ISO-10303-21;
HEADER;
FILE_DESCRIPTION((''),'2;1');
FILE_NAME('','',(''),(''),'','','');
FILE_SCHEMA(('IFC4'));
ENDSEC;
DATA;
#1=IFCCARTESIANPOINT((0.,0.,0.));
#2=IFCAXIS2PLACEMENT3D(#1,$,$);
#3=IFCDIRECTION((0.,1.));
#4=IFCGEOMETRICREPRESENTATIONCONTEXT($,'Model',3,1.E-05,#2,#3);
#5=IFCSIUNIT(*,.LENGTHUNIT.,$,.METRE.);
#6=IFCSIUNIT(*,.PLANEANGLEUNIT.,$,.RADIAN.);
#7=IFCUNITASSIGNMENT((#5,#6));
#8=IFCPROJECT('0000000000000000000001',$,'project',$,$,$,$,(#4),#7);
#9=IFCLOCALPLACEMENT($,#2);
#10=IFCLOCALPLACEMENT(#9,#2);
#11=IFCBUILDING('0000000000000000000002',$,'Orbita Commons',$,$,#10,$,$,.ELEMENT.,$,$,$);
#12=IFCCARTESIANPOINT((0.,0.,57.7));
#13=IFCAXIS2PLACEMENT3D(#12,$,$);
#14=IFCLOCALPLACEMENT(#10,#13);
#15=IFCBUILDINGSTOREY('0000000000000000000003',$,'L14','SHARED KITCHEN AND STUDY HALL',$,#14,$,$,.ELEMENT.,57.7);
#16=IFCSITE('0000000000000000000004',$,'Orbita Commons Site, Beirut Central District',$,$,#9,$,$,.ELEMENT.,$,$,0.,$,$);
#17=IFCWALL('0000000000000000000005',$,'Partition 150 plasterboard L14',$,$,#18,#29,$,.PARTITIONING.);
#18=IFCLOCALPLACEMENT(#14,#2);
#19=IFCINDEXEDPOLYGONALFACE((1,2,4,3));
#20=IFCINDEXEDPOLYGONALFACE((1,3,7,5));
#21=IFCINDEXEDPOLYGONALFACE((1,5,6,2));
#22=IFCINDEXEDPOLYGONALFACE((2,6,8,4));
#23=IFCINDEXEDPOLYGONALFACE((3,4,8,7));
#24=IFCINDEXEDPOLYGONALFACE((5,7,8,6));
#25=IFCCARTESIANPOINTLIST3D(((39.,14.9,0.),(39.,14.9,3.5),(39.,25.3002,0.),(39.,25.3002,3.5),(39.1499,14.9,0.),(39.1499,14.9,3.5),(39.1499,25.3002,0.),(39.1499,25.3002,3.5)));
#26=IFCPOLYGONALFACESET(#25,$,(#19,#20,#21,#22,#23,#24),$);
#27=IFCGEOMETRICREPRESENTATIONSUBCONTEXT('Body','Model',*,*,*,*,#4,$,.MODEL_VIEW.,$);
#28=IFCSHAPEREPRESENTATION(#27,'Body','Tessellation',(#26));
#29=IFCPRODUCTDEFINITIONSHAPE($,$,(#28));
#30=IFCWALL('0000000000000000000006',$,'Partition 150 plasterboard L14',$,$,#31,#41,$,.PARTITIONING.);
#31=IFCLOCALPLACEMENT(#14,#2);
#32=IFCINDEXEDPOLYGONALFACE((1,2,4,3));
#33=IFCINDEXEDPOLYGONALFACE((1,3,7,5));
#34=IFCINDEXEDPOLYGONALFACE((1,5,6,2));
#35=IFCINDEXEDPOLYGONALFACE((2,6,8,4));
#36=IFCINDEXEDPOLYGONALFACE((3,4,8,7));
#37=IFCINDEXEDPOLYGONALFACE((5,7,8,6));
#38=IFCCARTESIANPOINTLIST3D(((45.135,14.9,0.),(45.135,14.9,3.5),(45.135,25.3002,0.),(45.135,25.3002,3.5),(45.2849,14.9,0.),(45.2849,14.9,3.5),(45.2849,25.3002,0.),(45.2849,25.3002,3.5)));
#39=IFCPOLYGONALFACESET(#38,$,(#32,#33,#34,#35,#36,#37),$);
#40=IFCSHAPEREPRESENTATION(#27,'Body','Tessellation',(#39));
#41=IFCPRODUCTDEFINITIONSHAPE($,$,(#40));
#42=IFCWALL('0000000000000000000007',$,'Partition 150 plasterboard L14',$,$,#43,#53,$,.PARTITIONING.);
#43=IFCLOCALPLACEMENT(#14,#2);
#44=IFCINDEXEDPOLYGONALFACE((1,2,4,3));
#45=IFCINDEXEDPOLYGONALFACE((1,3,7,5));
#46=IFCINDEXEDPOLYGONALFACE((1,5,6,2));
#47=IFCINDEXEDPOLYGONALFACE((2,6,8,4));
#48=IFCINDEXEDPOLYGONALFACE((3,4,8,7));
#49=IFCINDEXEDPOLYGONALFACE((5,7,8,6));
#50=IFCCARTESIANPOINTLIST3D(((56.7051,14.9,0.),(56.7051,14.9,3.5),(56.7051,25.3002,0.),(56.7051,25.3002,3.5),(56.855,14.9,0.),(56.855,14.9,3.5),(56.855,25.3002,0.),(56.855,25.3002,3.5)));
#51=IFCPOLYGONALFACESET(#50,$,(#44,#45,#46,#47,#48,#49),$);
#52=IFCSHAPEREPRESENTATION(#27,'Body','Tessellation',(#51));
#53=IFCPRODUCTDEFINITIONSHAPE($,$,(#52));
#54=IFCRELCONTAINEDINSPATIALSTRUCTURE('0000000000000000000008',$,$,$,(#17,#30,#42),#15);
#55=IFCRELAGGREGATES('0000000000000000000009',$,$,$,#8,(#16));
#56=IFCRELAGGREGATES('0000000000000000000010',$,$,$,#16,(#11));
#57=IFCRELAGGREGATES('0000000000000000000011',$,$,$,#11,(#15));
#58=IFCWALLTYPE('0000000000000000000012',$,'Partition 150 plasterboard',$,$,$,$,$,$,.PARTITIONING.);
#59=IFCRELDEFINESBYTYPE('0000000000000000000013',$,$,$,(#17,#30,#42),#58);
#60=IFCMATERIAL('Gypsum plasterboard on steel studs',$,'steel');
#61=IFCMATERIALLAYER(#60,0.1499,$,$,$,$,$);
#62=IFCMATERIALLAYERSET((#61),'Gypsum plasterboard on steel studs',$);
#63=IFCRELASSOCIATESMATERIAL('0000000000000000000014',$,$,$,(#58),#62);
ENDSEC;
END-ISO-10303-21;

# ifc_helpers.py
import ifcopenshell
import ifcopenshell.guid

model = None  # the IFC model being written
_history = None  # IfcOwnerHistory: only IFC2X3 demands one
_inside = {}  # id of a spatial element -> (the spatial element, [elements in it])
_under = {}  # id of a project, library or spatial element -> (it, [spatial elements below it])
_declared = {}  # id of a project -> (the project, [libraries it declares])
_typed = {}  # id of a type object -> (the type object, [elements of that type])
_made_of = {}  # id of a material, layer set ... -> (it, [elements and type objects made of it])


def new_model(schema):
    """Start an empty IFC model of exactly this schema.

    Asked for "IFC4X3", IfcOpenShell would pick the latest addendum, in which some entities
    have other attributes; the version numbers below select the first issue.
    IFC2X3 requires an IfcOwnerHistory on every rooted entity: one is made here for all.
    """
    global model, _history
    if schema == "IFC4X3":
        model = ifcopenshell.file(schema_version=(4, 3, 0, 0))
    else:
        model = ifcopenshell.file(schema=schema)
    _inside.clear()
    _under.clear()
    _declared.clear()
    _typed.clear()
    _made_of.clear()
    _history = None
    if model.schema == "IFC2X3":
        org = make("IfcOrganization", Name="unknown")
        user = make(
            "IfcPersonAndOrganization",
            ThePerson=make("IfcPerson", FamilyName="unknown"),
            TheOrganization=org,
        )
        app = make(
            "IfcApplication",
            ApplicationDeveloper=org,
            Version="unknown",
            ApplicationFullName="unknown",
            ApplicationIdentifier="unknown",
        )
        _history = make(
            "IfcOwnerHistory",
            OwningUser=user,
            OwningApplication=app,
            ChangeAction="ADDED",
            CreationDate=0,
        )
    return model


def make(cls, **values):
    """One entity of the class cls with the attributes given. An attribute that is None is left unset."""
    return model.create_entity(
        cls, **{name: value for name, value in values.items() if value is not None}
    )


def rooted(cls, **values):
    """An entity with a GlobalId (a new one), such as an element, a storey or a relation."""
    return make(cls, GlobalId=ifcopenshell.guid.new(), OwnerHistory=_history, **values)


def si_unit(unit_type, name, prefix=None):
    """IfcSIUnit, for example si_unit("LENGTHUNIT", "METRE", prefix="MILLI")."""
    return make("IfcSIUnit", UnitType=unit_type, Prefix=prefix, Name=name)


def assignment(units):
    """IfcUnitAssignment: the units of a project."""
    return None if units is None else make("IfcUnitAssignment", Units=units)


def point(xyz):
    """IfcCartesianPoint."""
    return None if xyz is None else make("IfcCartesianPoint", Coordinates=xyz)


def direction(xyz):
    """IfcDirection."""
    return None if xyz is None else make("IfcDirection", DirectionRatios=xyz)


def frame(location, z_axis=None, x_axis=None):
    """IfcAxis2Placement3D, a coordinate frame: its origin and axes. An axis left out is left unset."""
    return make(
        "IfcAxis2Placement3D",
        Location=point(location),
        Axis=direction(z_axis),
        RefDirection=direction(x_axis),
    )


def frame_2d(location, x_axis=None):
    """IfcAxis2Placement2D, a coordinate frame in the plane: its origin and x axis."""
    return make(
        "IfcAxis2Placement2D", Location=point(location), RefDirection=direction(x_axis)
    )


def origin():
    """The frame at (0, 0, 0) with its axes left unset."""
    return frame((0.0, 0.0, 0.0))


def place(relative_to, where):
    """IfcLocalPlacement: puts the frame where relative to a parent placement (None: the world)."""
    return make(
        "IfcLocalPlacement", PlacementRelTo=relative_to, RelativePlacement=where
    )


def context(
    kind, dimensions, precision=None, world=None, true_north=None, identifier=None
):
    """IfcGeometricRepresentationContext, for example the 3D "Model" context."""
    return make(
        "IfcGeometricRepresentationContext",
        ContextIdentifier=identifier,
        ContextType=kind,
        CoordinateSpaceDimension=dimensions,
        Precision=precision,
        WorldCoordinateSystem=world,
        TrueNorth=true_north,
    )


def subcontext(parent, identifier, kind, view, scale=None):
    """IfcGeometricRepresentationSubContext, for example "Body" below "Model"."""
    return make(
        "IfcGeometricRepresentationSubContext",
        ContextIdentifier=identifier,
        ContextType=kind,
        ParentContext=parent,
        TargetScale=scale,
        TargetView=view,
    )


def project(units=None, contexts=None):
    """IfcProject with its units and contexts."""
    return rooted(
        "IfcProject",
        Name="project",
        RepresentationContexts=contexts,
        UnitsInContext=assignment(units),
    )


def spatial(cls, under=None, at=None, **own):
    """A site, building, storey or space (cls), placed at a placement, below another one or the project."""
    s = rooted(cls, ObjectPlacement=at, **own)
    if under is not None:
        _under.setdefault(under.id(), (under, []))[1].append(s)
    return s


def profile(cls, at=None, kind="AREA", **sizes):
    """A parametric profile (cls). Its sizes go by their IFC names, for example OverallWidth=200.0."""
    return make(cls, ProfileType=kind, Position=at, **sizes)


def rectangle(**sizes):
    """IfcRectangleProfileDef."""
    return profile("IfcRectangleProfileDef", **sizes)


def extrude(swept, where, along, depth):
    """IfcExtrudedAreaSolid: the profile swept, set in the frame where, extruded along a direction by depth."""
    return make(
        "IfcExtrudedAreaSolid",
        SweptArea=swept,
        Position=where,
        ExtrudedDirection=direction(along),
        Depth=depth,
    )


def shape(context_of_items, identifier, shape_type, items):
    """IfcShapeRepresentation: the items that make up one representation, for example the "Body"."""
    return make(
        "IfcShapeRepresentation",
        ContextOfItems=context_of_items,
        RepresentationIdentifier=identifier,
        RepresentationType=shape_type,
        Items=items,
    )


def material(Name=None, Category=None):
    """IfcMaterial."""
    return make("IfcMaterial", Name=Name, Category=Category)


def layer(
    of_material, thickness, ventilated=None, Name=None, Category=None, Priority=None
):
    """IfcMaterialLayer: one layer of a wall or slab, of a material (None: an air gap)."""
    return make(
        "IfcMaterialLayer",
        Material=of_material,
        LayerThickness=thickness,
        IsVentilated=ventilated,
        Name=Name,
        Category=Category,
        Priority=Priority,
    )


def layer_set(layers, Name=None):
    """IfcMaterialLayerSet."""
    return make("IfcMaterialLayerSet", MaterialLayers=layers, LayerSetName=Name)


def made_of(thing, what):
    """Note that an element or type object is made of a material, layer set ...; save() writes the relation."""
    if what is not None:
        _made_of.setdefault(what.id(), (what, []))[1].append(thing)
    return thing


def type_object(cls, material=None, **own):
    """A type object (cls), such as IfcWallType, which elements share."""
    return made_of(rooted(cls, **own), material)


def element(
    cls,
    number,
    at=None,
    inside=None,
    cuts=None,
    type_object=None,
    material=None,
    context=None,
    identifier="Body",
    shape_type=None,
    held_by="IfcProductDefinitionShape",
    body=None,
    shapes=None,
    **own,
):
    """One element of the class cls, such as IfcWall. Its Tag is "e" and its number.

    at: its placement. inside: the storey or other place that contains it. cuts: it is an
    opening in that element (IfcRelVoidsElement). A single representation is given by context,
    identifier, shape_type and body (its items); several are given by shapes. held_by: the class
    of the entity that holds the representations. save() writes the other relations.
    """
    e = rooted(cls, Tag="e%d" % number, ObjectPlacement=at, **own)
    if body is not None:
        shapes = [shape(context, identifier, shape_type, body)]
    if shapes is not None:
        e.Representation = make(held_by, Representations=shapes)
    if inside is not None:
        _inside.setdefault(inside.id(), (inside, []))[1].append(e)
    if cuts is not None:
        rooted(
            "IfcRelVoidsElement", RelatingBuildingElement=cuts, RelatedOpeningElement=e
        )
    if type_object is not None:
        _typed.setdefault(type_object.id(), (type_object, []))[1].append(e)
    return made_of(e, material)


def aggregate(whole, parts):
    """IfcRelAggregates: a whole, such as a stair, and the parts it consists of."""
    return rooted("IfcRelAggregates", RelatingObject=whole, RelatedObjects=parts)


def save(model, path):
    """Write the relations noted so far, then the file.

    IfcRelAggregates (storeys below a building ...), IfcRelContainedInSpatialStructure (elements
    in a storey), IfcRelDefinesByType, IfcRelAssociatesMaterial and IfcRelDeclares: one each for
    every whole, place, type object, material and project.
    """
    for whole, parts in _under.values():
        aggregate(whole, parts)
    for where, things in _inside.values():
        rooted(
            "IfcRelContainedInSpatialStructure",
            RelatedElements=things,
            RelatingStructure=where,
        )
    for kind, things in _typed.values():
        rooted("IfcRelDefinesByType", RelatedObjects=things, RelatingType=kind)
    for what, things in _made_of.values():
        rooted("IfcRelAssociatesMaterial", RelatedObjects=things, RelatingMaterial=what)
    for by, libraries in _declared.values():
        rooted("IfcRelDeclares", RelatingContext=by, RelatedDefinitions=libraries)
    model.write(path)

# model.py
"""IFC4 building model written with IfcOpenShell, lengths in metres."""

from ifc_helpers import new_model, si_unit, direction, frame, frame_2d, origin, place, context, subcontext, project, spatial, rectangle, extrude, material, layer, layer_set, type_object, element, save


model = new_model("IFC4")

# Units and contexts
model_context = context("Model", 3, precision=1e-05, world=origin(), true_north=direction((0.0, 1.0)))
body_context = subcontext(model_context, "Body", "Model", "MODEL_VIEW")
ifc_project = project(units=[si_unit("LENGTHUNIT", "METRE"), si_unit("PLANEANGLEUNIT", "RADIAN")], contexts=[model_context])

# Site, building, storey
site_placement = place(None, origin())
site = spatial("IfcSite", under=ifc_project, at=site_placement, Name="Orbita Commons Site, Beirut Central District", CompositionType="ELEMENT", RefElevation=0.0)
building_placement = place(site_placement, origin())
building = spatial("IfcBuilding", under=site, at=building_placement, Name="Orbita Commons", CompositionType="ELEMENT")
storey_placement = place(building_placement, frame((0.0, 0.0, 57.7)))
storey = spatial("IfcBuildingStorey", under=building, at=storey_placement, Name="L14", Description="SHARED KITCHEN AND STUDY HALL", CompositionType="ELEMENT", Elevation=57.7)

# Walls
ifc_material_1 = material(Name="Gypsum plasterboard on steel studs", Category="steel")
ifc_layer_1 = layer(ifc_material_1, 0.1499)
ifc_layer_set_1 = layer_set([ifc_layer_1], Name="Gypsum plasterboard on steel studs")
wall_type_1 = type_object("IfcWallType", Name="Partition 150 plasterboard", PredefinedType="PARTITIONING", material=ifc_layer_set_1)
for number, where, z_axis, x_axis, name in (
    (1, (39.075, 14.8999, 0.0), (0.0, 0.0, 1.0), (0.0, 1.0, 0.0), "Partition 150 plasterboard L14"),
    (2, (45.21, 14.8999, 0.0), (0.0, 0.0, 1.0), (0.0, 1.0, 0.0), "Partition 150 plasterboard L14"),
    (3, (56.78, 14.8999, 0.0), (0.0, 0.0, 1.0), (0.0, 1.0, 0.0), "Partition 150 plasterboard L14"),
):
    element("IfcWall", number, at=place(storey_placement, frame(where, z_axis=z_axis, x_axis=x_axis)), inside=storey, type_object=wall_type_1, Name=name, PredefinedType="PARTITIONING", context=body_context, shape_type="SweptSolid", body=[
        extrude(rectangle(XDim=10.4001, YDim=0.1499, at=frame_2d((5.2002, 0.0))), origin(), (0.0, 0.0, 1.0), 3.5),
    ])

save(model, "model.ifc")
